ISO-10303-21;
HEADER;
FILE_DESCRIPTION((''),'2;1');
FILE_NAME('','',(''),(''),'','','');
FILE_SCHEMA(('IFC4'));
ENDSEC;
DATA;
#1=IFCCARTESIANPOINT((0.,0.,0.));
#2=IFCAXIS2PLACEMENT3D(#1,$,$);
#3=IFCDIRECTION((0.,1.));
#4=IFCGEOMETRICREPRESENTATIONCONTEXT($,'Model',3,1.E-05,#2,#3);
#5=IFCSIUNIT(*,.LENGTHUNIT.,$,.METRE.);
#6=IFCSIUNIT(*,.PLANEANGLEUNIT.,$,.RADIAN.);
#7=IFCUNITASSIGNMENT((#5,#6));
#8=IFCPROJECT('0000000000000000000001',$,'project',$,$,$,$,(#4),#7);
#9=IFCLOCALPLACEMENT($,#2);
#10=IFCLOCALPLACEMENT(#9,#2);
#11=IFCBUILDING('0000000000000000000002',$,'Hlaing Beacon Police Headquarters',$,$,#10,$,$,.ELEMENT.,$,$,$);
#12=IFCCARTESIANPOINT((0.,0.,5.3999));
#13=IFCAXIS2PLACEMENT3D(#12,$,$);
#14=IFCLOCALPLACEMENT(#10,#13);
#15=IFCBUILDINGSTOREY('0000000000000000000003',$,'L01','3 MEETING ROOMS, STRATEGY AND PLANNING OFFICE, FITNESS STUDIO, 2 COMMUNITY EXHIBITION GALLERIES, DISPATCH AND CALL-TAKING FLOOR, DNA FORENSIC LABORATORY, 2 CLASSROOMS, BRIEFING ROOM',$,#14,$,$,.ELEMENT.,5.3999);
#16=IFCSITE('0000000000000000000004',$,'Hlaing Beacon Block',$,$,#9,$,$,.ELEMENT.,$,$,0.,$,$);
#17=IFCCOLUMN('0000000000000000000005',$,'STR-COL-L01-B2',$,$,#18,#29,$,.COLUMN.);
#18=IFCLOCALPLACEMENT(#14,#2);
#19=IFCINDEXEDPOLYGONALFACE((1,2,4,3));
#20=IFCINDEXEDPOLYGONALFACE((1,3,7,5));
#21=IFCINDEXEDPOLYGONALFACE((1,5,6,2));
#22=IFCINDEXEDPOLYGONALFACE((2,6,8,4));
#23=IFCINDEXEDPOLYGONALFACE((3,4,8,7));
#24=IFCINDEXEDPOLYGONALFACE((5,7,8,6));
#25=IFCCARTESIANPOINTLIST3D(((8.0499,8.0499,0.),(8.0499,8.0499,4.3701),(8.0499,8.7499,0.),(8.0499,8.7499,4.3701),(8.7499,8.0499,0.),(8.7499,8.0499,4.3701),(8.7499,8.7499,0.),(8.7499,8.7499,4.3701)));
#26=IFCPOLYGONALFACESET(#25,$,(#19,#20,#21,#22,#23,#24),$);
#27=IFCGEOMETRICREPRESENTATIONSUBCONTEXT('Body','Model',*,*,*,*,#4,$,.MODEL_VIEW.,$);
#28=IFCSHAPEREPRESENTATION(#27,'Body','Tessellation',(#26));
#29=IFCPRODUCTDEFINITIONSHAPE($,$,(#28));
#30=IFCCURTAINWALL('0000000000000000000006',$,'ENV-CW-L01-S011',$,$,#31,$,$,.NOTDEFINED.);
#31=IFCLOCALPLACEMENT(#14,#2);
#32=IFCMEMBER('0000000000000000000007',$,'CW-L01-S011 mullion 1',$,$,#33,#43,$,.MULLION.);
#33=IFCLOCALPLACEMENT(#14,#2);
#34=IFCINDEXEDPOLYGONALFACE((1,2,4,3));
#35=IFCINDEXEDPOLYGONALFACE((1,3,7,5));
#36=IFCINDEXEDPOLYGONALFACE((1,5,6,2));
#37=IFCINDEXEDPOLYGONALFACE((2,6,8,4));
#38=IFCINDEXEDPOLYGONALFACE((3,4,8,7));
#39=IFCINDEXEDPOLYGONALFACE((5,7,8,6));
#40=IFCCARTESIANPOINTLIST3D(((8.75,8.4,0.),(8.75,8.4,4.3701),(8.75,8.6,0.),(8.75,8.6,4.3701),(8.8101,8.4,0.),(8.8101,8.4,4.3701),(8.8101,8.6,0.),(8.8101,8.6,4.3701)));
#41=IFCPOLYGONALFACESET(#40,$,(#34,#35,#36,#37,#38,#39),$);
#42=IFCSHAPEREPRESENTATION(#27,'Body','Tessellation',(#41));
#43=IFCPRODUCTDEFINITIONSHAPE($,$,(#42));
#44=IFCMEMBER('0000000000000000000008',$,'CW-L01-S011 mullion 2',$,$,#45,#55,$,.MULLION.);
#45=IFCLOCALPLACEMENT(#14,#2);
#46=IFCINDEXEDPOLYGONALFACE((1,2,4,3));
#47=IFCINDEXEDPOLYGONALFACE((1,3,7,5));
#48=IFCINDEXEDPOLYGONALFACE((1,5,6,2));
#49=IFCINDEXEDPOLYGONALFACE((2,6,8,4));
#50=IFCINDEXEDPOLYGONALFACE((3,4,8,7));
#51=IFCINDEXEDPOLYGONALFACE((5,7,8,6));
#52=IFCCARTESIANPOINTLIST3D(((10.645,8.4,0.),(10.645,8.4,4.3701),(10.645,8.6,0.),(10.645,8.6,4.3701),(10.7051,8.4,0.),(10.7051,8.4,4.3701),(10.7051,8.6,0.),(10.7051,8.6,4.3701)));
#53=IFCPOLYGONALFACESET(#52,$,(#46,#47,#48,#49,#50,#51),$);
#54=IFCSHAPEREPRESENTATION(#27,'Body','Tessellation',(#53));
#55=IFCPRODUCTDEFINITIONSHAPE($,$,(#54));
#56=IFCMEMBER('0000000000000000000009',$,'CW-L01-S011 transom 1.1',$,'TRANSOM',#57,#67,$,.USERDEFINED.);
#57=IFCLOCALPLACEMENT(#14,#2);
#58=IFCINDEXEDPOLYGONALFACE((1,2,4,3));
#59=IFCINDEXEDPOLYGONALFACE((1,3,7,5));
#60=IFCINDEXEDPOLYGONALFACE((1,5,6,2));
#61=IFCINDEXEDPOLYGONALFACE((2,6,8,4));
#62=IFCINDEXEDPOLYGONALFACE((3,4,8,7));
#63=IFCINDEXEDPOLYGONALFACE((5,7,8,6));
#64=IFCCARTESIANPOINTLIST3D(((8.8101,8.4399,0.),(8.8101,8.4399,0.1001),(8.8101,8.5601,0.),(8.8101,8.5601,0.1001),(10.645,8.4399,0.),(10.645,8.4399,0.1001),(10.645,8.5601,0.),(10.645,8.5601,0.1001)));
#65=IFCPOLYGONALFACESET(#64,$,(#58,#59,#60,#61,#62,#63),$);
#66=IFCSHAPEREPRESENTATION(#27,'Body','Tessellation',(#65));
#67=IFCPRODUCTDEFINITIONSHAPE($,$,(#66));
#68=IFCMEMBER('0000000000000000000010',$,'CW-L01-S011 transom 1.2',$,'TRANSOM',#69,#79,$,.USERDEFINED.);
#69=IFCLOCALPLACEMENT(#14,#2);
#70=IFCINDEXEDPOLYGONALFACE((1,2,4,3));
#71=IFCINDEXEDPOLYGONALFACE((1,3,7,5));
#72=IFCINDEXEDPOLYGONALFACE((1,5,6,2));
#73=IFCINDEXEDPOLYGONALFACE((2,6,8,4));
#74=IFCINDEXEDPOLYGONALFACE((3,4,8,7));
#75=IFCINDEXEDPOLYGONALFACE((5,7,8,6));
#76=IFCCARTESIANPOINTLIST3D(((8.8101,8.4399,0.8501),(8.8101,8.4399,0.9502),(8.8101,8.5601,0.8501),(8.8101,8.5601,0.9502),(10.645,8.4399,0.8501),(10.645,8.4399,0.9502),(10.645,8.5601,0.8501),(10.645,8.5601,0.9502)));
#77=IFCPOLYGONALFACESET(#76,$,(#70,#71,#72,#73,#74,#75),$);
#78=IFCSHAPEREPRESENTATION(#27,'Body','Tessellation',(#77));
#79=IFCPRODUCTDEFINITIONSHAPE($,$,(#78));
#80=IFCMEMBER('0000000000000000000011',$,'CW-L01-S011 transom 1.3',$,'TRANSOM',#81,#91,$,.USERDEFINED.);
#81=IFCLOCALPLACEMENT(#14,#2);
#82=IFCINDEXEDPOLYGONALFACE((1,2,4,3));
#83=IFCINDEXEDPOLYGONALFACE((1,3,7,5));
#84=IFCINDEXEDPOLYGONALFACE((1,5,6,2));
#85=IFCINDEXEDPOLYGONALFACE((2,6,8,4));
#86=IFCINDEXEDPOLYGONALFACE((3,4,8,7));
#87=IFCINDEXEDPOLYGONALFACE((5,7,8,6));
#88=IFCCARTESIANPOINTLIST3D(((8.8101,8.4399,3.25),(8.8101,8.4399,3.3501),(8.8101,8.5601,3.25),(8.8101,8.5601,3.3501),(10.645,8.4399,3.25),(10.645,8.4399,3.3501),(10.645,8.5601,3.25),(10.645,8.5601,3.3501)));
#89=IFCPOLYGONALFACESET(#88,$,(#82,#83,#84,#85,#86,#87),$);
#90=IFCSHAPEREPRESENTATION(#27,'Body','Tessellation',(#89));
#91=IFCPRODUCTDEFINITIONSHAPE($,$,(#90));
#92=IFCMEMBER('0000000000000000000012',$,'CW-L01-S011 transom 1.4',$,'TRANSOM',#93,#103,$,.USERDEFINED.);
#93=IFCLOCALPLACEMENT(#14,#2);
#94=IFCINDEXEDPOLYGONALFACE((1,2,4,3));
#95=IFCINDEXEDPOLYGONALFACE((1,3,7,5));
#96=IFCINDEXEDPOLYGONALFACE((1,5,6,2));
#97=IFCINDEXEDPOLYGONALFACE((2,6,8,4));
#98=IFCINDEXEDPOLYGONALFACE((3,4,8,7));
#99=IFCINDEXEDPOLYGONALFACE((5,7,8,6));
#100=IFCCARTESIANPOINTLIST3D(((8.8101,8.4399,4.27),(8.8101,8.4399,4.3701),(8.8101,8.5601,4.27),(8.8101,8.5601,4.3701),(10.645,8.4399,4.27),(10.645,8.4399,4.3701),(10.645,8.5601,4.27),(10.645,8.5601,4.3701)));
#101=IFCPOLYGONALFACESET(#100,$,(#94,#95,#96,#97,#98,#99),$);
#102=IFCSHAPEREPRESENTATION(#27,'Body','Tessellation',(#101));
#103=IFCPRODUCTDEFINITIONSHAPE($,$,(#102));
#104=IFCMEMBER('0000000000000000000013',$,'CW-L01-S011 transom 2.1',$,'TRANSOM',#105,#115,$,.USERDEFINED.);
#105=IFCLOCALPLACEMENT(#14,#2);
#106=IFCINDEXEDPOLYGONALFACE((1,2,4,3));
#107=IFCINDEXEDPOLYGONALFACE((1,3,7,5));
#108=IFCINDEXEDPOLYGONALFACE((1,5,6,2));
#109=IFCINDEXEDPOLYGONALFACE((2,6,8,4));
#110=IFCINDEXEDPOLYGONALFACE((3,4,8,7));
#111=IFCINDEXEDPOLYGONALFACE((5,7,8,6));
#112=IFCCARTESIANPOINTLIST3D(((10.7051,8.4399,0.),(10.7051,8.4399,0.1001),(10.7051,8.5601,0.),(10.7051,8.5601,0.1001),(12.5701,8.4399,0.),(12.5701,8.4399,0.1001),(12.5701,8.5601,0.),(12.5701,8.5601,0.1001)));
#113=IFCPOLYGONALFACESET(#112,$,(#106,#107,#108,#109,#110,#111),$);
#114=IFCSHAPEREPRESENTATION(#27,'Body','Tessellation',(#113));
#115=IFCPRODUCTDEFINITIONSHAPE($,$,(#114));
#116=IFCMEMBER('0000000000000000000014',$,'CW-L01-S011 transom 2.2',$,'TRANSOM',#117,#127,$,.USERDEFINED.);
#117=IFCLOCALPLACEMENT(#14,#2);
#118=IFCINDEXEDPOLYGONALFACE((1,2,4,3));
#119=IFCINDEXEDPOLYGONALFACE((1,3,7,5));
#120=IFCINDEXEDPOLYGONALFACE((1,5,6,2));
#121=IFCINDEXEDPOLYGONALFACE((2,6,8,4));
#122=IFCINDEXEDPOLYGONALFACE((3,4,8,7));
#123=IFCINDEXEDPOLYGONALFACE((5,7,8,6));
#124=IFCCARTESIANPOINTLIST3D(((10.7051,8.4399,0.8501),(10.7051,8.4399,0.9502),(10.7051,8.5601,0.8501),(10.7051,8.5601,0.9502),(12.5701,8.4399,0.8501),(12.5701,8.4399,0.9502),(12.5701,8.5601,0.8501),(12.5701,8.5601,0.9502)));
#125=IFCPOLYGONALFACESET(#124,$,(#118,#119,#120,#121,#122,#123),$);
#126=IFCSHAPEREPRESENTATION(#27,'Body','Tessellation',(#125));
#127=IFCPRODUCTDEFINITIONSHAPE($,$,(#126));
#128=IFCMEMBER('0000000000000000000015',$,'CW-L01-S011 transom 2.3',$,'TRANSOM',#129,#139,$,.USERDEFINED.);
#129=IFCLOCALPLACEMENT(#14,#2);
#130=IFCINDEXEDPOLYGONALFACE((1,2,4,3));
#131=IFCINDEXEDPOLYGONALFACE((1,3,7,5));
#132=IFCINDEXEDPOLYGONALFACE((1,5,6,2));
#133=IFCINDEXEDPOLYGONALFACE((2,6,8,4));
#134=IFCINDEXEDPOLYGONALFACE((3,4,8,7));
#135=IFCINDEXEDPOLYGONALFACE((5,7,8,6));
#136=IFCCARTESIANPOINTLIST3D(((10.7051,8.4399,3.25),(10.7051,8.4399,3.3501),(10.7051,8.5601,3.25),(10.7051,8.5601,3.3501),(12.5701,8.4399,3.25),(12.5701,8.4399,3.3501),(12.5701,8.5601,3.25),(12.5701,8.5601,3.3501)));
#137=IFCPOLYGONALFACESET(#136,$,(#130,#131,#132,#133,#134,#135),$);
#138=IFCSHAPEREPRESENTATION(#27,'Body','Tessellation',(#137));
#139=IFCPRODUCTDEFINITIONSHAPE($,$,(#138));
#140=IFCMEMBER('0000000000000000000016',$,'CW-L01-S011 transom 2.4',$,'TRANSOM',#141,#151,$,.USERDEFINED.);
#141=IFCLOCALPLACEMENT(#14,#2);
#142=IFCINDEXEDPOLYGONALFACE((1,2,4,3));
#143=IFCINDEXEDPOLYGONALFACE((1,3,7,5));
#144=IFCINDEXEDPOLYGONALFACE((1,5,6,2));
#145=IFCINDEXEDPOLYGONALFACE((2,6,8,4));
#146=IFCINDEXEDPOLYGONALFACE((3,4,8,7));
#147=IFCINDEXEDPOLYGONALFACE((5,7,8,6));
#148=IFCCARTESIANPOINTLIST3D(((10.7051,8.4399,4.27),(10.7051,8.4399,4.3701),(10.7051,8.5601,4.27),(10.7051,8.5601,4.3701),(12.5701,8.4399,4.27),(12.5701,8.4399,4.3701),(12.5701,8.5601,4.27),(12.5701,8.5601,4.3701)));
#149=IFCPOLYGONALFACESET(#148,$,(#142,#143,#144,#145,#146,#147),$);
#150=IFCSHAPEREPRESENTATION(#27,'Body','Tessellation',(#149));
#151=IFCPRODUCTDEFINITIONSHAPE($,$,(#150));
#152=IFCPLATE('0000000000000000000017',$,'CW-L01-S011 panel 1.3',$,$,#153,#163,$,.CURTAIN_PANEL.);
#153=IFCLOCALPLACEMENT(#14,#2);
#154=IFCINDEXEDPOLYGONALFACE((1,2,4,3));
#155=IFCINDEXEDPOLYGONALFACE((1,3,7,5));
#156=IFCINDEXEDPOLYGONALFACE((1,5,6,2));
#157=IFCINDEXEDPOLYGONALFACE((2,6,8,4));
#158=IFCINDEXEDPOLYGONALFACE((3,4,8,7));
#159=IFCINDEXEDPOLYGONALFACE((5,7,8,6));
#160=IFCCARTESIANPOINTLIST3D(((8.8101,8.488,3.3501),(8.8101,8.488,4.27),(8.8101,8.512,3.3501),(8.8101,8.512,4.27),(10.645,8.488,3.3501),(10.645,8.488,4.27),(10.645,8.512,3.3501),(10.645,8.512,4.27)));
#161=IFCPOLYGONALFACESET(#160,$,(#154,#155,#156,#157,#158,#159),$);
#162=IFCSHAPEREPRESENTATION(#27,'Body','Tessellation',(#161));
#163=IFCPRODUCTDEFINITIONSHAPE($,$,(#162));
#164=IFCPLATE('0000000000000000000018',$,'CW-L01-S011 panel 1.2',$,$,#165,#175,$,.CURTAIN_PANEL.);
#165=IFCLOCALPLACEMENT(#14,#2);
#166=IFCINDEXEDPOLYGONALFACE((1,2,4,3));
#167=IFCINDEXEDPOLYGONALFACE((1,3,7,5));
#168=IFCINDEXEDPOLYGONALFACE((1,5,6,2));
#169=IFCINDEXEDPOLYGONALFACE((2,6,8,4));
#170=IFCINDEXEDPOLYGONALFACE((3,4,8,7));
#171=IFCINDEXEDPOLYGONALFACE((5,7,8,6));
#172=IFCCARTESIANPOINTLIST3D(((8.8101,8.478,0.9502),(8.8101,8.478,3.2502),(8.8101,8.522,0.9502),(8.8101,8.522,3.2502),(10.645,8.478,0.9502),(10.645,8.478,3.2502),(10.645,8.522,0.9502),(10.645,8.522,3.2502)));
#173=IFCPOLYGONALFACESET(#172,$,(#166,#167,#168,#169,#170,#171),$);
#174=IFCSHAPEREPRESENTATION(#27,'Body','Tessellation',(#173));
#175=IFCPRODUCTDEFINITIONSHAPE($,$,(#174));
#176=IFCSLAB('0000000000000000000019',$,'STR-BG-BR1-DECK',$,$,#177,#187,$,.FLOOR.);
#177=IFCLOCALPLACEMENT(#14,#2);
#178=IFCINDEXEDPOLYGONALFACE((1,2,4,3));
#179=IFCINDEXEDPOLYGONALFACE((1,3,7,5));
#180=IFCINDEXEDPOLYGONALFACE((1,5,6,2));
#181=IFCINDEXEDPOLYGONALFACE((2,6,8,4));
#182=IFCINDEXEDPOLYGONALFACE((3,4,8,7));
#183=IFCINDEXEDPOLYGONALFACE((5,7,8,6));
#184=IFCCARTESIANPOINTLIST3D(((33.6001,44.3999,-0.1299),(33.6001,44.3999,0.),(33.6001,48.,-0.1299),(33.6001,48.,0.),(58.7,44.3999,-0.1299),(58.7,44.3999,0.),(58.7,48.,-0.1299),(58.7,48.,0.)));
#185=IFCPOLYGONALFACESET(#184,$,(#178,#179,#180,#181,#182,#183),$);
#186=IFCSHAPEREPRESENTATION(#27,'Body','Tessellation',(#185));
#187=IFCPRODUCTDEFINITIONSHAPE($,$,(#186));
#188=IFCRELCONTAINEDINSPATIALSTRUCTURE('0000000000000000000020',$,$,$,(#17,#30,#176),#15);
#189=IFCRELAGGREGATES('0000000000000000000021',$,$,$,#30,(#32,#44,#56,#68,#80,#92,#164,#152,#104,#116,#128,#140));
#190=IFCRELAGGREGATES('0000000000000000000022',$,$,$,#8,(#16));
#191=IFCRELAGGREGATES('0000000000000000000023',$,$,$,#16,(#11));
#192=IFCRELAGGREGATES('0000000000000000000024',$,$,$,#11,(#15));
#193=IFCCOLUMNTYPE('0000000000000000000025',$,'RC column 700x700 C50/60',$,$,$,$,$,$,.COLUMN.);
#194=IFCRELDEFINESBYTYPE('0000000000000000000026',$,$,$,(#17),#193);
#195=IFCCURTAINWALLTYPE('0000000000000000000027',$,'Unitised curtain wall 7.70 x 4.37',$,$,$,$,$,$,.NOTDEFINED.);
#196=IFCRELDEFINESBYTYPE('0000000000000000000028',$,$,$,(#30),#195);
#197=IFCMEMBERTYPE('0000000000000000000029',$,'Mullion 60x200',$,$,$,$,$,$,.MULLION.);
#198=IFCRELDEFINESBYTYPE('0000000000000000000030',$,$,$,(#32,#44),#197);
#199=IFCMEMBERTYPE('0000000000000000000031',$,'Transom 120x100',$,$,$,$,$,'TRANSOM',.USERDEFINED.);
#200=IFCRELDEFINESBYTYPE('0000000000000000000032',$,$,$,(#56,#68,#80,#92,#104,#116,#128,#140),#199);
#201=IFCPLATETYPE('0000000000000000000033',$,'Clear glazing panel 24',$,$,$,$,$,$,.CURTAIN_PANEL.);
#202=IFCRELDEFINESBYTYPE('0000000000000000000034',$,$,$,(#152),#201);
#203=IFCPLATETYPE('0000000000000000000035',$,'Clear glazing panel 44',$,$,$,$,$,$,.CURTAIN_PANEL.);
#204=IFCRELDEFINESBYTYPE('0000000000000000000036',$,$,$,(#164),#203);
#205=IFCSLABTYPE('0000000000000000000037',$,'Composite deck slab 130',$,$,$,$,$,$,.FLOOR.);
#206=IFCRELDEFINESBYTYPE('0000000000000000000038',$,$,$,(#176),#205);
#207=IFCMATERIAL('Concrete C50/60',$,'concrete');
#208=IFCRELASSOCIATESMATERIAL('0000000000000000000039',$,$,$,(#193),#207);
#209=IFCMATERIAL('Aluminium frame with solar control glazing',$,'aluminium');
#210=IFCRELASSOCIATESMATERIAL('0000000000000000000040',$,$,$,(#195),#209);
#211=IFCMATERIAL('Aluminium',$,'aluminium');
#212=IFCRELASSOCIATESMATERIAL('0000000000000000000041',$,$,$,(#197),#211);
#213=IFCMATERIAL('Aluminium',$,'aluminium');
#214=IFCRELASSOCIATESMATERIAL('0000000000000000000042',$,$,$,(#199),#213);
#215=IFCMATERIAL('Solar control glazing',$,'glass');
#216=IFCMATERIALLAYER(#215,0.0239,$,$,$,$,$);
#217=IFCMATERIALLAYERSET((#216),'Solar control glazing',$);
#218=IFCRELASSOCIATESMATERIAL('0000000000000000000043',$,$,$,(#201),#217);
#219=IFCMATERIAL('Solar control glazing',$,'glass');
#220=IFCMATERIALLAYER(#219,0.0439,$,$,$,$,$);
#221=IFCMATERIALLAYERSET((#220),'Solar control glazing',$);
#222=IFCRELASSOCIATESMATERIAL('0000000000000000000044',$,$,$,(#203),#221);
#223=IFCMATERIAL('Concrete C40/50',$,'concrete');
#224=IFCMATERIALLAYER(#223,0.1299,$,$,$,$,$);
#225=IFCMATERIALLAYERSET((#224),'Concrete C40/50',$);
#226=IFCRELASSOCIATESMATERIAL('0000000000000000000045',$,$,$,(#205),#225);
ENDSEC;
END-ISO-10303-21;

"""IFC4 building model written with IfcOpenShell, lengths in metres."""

from ifc_helpers import new_model, si_unit, direction, frame, origin, origin_2d, place, context, subcontext, project, spatial, polyline, rectangle, outline, extrude, material, layer, layer_set, material_profile, profile_set, type_object, element, aggregate, save


model = new_model("IFC4")

# Units and contexts
model_context = context("Model", 3, precision=1e-05, world=origin(), true_north=direction((0.0, 1.0)))
body_context = subcontext(model_context, "Body", "Model", "MODEL_VIEW")
ifc_project = project(units=[si_unit("LENGTHUNIT", "METRE"), si_unit("PLANEANGLEUNIT", "RADIAN")], contexts=[model_context])

# Site, building, storey
site_placement = place(None, origin())
site = spatial("IfcSite", under=ifc_project, at=site_placement, Name="Hlaing Beacon Block", CompositionType="ELEMENT", RefElevation=0.0)
building_placement = place(site_placement, origin())
building = spatial("IfcBuilding", under=site, at=building_placement, Name="Hlaing Beacon Police Headquarters", CompositionType="ELEMENT")
storey_placement = place(building_placement, frame((0.0, 0.0, 5.3999)))
storey = spatial("IfcBuildingStorey", under=building, at=storey_placement, Name="L01", Description="3 MEETING ROOMS, STRATEGY AND PLANNING OFFICE, FITNESS STUDIO, 2 COMMUNITY EXHIBITION GALLERIES, DISPATCH AND CALL-TAKING FLOOR, DNA FORENSIC LABORATORY, 2 CLASSROOMS, BRIEFING ROOM", CompositionType="ELEMENT", Elevation=5.3999)

# Column
ifc_material_1 = material(Name="Concrete C50/60", Category="concrete")
ifc_material_profile_1 = material_profile(ifc_material_1, rectangle(XDim=0.7, YDim=0.7, at=origin_2d()), Name="700x700")
ifc_profile_set_1 = profile_set([ifc_material_profile_1], Name="Concrete C50/60")
column_type = type_object("IfcColumnType", Name="RC column 700x700 C50/60", PredefinedType="COLUMN", material=ifc_profile_set_1)
column_placement = place(storey_placement, frame((8.3999, 8.3999, 0.0), z_axis=(0.0, 0.0, 1.0), x_axis=(1.0, 0.0, 0.0)))
element("IfcColumn", 1, at=column_placement, inside=storey, type_object=column_type, Name="STR-COL-L01-B2", PredefinedType="COLUMN", context=body_context, shape_type="SweptSolid", body=[
    extrude(rectangle(XDim=0.7, YDim=0.7, at=origin_2d()), origin(), (0.0, 0.0, 1.0), 4.3701),
])

# Curtain wall, members, plates
ifc_material_2 = material(Name="Aluminium frame with solar control glazing", Category="aluminium")
curtain_wall_type = type_object("IfcCurtainWallType", Name="Unitised curtain wall 7.70 x 4.37", PredefinedType="NOTDEFINED", material=ifc_material_2)
curtain_wall_placement = place(storey_placement, origin())
curtain_wall = element("IfcCurtainWall", 2, at=curtain_wall_placement, inside=storey, type_object=curtain_wall_type, Name="ENV-CW-L01-S011", PredefinedType="NOTDEFINED")
ifc_material_3 = material(Name="Aluminium", Category="aluminium")
ifc_material_profile_2 = material_profile(ifc_material_3, rectangle(XDim=0.2, YDim=0.0601, at=origin_2d()), Name="Mullion 60x200")
ifc_profile_set_2 = profile_set([ifc_material_profile_2], Name="Aluminium")
member_type_1 = type_object("IfcMemberType", Name="Mullion 60x200", PredefinedType="MULLION", material=ifc_profile_set_2)
member_1_placement = place(storey_placement, frame((8.78, 8.5, 0.0), z_axis=(0.0, 0.0, 1.0), x_axis=(0.0, 1.0, 0.0)))
member_1 = element("IfcMember", 3, at=member_1_placement, type_object=member_type_1, Name="CW-L01-S011 mullion 1", PredefinedType="MULLION", context=body_context, shape_type="SweptSolid", body=[
    extrude(rectangle(XDim=0.2, YDim=0.0601, at=origin_2d()), origin(), (0.0, 0.0, 1.0), 4.3701),
])
member_2_placement = place(storey_placement, frame((10.675, 8.5, 0.0), z_axis=(0.0, 0.0, 1.0), x_axis=(0.0, 1.0, 0.0)))
member_2 = element("IfcMember", 4, at=member_2_placement, type_object=member_type_1, Name="CW-L01-S011 mullion 2", PredefinedType="MULLION", context=body_context, shape_type="SweptSolid", body=[
    extrude(rectangle(XDim=0.2, YDim=0.0601, at=origin_2d()), origin(), (0.0, 0.0, 1.0), 4.3701),
])
ifc_material_4 = material(Name="Aluminium", Category="aluminium")
ifc_material_profile_3 = material_profile(ifc_material_4, rectangle(XDim=0.1201, YDim=0.1001, at=origin_2d()), Name="Transom 120x100")
ifc_profile_set_3 = profile_set([ifc_material_profile_3], Name="Aluminium")
member_type_2 = type_object("IfcMemberType", Name="Transom 120x100", ElementType="TRANSOM", PredefinedType="USERDEFINED", material=ifc_profile_set_3)
member_3_placement = place(storey_placement, frame((8.8101, 8.5, 0.05), z_axis=(1.0, 0.0, 0.0), x_axis=(0.0, 1.0, 0.0)))
member_3 = element("IfcMember", 5, at=member_3_placement, type_object=member_type_2, Name="CW-L01-S011 transom 1.1", ObjectType="TRANSOM", PredefinedType="USERDEFINED", context=body_context, shape_type="SweptSolid", body=[
    extrude(rectangle(XDim=0.1201, YDim=0.1001, at=origin_2d()), origin(), (0.0, 0.0, 1.0), 1.835),
])
member_4_placement = place(storey_placement, frame((8.8101, 8.5, 0.9001), z_axis=(1.0, 0.0, 0.0), x_axis=(0.0, 1.0, 0.0)))
member_4 = element("IfcMember", 6, at=member_4_placement, type_object=member_type_2, Name="CW-L01-S011 transom 1.2", ObjectType="TRANSOM", PredefinedType="USERDEFINED", context=body_context, shape_type="SweptSolid", body=[
    extrude(rectangle(XDim=0.1201, YDim=0.1001, at=origin_2d()), origin(), (0.0, 0.0, 1.0), 1.835),
])
member_5_placement = place(storey_placement, frame((8.8101, 8.5, 3.3), z_axis=(1.0, 0.0, 0.0), x_axis=(0.0, 1.0, 0.0)))
member_5 = element("IfcMember", 7, at=member_5_placement, type_object=member_type_2, Name="CW-L01-S011 transom 1.3", ObjectType="TRANSOM", PredefinedType="USERDEFINED", context=body_context, shape_type="SweptSolid", body=[
    extrude(rectangle(XDim=0.1201, YDim=0.1001, at=origin_2d()), origin(), (0.0, 0.0, 1.0), 1.835),
])
member_6_placement = place(storey_placement, frame((8.8101, 8.5, 4.3201), z_axis=(1.0, 0.0, 0.0), x_axis=(0.0, 1.0, 0.0)))
member_6 = element("IfcMember", 8, at=member_6_placement, type_object=member_type_2, Name="CW-L01-S011 transom 1.4", ObjectType="TRANSOM", PredefinedType="USERDEFINED", context=body_context, shape_type="SweptSolid", body=[
    extrude(rectangle(XDim=0.1201, YDim=0.1001, at=origin_2d()), origin(), (0.0, 0.0, 1.0), 1.835),
])
member_7_placement = place(storey_placement, frame((10.7051, 8.5, 0.05), z_axis=(1.0, 0.0, 0.0), x_axis=(0.0, 1.0, 0.0)))
member_7 = element("IfcMember", 9, at=member_7_placement, type_object=member_type_2, Name="CW-L01-S011 transom 2.1", ObjectType="TRANSOM", PredefinedType="USERDEFINED", context=body_context, shape_type="SweptSolid", body=[
    extrude(rectangle(XDim=0.1201, YDim=0.1001, at=origin_2d()), origin(), (0.0, 0.0, 1.0), 1.865),
])
member_8_placement = place(storey_placement, frame((10.7051, 8.5, 0.9001), z_axis=(1.0, 0.0, 0.0), x_axis=(0.0, 1.0, 0.0)))
member_8 = element("IfcMember", 10, at=member_8_placement, type_object=member_type_2, Name="CW-L01-S011 transom 2.2", ObjectType="TRANSOM", PredefinedType="USERDEFINED", context=body_context, shape_type="SweptSolid", body=[
    extrude(rectangle(XDim=0.1201, YDim=0.1001, at=origin_2d()), origin(), (0.0, 0.0, 1.0), 1.865),
])
member_9_placement = place(storey_placement, frame((10.7051, 8.5, 3.3), z_axis=(1.0, 0.0, 0.0), x_axis=(0.0, 1.0, 0.0)))
member_9 = element("IfcMember", 11, at=member_9_placement, type_object=member_type_2, Name="CW-L01-S011 transom 2.3", ObjectType="TRANSOM", PredefinedType="USERDEFINED", context=body_context, shape_type="SweptSolid", body=[
    extrude(rectangle(XDim=0.1201, YDim=0.1001, at=origin_2d()), origin(), (0.0, 0.0, 1.0), 1.865),
])
member_10_placement = place(storey_placement, frame((10.7051, 8.5, 4.3201), z_axis=(1.0, 0.0, 0.0), x_axis=(0.0, 1.0, 0.0)))
member_10 = element("IfcMember", 12, at=member_10_placement, type_object=member_type_2, Name="CW-L01-S011 transom 2.4", ObjectType="TRANSOM", PredefinedType="USERDEFINED", context=body_context, shape_type="SweptSolid", body=[
    extrude(rectangle(XDim=0.1201, YDim=0.1001, at=origin_2d()), origin(), (0.0, 0.0, 1.0), 1.865),
])
ifc_material_5 = material(Name="Solar control glazing", Category="glass")
ifc_layer_1 = layer(ifc_material_5, 0.0239)
ifc_layer_set_1 = layer_set([ifc_layer_1], Name="Solar control glazing")
plate_type_1 = type_object("IfcPlateType", Name="Clear glazing panel 24", PredefinedType="CURTAIN_PANEL", material=ifc_layer_set_1)
plate_1_placement = place(storey_placement, frame((9.7275, 8.5, 3.3501), z_axis=(0.0, 0.0, 1.0), x_axis=(1.0, 0.0, 0.0)))
plate_1 = element("IfcPlate", 13, at=plate_1_placement, type_object=plate_type_1, Name="CW-L01-S011 panel 1.3", PredefinedType="CURTAIN_PANEL", context=body_context, shape_type="SweptSolid", body=[
    extrude(rectangle(XDim=1.835, YDim=0.0239, at=origin_2d()), origin(), (0.0, 0.0, 1.0), 0.9199),
])
ifc_material_6 = material(Name="Solar control glazing", Category="glass")
ifc_layer_2 = layer(ifc_material_6, 0.0439)
ifc_layer_set_2 = layer_set([ifc_layer_2], Name="Solar control glazing")
plate_type_2 = type_object("IfcPlateType", Name="Clear glazing panel 44", PredefinedType="CURTAIN_PANEL", material=ifc_layer_set_2)
plate_2_placement = place(storey_placement, frame((9.7275, 8.5, 0.9502), z_axis=(0.0, 0.0, 1.0), x_axis=(1.0, 0.0, 0.0)))
plate_2 = element("IfcPlate", 14, at=plate_2_placement, type_object=plate_type_2, Name="CW-L01-S011 panel 1.2", PredefinedType="CURTAIN_PANEL", context=body_context, shape_type="SweptSolid", body=[
    extrude(rectangle(XDim=1.835, YDim=0.0439, at=origin_2d()), origin(), (0.0, 0.0, 1.0), 2.3),
])

# Slab
ifc_material_7 = material(Name="Concrete C40/50", Category="concrete")
ifc_layer_3 = layer(ifc_material_7, 0.1299)
ifc_layer_set_3 = layer_set([ifc_layer_3], Name="Concrete C40/50")
slab_type_1 = type_object("IfcSlabType", Name="Composite deck slab 130", PredefinedType="FLOOR", material=ifc_layer_set_3)
slab_1_placement = place(storey_placement, frame((0.0, 0.0, -0.1299)))
element("IfcSlab", 15, at=slab_1_placement, inside=storey, type_object=slab_type_1, Name="STR-BG-BR1-DECK", PredefinedType="FLOOR", context=body_context, shape_type="SweptSolid", body=[
    extrude(outline(polyline([(33.6001, 44.3999), (58.7, 44.3999), (58.7, 48.0), (33.6001, 48.0), (33.6001, 44.3999)])), origin(), (0.0, 0.0, 1.0), 0.1299),
])

aggregate(curtain_wall, [member_1, member_2, member_3, member_4, member_5, member_6, plate_2, plate_1, member_7, member_8, member_9, member_10])

save(model, "model.ifc")
